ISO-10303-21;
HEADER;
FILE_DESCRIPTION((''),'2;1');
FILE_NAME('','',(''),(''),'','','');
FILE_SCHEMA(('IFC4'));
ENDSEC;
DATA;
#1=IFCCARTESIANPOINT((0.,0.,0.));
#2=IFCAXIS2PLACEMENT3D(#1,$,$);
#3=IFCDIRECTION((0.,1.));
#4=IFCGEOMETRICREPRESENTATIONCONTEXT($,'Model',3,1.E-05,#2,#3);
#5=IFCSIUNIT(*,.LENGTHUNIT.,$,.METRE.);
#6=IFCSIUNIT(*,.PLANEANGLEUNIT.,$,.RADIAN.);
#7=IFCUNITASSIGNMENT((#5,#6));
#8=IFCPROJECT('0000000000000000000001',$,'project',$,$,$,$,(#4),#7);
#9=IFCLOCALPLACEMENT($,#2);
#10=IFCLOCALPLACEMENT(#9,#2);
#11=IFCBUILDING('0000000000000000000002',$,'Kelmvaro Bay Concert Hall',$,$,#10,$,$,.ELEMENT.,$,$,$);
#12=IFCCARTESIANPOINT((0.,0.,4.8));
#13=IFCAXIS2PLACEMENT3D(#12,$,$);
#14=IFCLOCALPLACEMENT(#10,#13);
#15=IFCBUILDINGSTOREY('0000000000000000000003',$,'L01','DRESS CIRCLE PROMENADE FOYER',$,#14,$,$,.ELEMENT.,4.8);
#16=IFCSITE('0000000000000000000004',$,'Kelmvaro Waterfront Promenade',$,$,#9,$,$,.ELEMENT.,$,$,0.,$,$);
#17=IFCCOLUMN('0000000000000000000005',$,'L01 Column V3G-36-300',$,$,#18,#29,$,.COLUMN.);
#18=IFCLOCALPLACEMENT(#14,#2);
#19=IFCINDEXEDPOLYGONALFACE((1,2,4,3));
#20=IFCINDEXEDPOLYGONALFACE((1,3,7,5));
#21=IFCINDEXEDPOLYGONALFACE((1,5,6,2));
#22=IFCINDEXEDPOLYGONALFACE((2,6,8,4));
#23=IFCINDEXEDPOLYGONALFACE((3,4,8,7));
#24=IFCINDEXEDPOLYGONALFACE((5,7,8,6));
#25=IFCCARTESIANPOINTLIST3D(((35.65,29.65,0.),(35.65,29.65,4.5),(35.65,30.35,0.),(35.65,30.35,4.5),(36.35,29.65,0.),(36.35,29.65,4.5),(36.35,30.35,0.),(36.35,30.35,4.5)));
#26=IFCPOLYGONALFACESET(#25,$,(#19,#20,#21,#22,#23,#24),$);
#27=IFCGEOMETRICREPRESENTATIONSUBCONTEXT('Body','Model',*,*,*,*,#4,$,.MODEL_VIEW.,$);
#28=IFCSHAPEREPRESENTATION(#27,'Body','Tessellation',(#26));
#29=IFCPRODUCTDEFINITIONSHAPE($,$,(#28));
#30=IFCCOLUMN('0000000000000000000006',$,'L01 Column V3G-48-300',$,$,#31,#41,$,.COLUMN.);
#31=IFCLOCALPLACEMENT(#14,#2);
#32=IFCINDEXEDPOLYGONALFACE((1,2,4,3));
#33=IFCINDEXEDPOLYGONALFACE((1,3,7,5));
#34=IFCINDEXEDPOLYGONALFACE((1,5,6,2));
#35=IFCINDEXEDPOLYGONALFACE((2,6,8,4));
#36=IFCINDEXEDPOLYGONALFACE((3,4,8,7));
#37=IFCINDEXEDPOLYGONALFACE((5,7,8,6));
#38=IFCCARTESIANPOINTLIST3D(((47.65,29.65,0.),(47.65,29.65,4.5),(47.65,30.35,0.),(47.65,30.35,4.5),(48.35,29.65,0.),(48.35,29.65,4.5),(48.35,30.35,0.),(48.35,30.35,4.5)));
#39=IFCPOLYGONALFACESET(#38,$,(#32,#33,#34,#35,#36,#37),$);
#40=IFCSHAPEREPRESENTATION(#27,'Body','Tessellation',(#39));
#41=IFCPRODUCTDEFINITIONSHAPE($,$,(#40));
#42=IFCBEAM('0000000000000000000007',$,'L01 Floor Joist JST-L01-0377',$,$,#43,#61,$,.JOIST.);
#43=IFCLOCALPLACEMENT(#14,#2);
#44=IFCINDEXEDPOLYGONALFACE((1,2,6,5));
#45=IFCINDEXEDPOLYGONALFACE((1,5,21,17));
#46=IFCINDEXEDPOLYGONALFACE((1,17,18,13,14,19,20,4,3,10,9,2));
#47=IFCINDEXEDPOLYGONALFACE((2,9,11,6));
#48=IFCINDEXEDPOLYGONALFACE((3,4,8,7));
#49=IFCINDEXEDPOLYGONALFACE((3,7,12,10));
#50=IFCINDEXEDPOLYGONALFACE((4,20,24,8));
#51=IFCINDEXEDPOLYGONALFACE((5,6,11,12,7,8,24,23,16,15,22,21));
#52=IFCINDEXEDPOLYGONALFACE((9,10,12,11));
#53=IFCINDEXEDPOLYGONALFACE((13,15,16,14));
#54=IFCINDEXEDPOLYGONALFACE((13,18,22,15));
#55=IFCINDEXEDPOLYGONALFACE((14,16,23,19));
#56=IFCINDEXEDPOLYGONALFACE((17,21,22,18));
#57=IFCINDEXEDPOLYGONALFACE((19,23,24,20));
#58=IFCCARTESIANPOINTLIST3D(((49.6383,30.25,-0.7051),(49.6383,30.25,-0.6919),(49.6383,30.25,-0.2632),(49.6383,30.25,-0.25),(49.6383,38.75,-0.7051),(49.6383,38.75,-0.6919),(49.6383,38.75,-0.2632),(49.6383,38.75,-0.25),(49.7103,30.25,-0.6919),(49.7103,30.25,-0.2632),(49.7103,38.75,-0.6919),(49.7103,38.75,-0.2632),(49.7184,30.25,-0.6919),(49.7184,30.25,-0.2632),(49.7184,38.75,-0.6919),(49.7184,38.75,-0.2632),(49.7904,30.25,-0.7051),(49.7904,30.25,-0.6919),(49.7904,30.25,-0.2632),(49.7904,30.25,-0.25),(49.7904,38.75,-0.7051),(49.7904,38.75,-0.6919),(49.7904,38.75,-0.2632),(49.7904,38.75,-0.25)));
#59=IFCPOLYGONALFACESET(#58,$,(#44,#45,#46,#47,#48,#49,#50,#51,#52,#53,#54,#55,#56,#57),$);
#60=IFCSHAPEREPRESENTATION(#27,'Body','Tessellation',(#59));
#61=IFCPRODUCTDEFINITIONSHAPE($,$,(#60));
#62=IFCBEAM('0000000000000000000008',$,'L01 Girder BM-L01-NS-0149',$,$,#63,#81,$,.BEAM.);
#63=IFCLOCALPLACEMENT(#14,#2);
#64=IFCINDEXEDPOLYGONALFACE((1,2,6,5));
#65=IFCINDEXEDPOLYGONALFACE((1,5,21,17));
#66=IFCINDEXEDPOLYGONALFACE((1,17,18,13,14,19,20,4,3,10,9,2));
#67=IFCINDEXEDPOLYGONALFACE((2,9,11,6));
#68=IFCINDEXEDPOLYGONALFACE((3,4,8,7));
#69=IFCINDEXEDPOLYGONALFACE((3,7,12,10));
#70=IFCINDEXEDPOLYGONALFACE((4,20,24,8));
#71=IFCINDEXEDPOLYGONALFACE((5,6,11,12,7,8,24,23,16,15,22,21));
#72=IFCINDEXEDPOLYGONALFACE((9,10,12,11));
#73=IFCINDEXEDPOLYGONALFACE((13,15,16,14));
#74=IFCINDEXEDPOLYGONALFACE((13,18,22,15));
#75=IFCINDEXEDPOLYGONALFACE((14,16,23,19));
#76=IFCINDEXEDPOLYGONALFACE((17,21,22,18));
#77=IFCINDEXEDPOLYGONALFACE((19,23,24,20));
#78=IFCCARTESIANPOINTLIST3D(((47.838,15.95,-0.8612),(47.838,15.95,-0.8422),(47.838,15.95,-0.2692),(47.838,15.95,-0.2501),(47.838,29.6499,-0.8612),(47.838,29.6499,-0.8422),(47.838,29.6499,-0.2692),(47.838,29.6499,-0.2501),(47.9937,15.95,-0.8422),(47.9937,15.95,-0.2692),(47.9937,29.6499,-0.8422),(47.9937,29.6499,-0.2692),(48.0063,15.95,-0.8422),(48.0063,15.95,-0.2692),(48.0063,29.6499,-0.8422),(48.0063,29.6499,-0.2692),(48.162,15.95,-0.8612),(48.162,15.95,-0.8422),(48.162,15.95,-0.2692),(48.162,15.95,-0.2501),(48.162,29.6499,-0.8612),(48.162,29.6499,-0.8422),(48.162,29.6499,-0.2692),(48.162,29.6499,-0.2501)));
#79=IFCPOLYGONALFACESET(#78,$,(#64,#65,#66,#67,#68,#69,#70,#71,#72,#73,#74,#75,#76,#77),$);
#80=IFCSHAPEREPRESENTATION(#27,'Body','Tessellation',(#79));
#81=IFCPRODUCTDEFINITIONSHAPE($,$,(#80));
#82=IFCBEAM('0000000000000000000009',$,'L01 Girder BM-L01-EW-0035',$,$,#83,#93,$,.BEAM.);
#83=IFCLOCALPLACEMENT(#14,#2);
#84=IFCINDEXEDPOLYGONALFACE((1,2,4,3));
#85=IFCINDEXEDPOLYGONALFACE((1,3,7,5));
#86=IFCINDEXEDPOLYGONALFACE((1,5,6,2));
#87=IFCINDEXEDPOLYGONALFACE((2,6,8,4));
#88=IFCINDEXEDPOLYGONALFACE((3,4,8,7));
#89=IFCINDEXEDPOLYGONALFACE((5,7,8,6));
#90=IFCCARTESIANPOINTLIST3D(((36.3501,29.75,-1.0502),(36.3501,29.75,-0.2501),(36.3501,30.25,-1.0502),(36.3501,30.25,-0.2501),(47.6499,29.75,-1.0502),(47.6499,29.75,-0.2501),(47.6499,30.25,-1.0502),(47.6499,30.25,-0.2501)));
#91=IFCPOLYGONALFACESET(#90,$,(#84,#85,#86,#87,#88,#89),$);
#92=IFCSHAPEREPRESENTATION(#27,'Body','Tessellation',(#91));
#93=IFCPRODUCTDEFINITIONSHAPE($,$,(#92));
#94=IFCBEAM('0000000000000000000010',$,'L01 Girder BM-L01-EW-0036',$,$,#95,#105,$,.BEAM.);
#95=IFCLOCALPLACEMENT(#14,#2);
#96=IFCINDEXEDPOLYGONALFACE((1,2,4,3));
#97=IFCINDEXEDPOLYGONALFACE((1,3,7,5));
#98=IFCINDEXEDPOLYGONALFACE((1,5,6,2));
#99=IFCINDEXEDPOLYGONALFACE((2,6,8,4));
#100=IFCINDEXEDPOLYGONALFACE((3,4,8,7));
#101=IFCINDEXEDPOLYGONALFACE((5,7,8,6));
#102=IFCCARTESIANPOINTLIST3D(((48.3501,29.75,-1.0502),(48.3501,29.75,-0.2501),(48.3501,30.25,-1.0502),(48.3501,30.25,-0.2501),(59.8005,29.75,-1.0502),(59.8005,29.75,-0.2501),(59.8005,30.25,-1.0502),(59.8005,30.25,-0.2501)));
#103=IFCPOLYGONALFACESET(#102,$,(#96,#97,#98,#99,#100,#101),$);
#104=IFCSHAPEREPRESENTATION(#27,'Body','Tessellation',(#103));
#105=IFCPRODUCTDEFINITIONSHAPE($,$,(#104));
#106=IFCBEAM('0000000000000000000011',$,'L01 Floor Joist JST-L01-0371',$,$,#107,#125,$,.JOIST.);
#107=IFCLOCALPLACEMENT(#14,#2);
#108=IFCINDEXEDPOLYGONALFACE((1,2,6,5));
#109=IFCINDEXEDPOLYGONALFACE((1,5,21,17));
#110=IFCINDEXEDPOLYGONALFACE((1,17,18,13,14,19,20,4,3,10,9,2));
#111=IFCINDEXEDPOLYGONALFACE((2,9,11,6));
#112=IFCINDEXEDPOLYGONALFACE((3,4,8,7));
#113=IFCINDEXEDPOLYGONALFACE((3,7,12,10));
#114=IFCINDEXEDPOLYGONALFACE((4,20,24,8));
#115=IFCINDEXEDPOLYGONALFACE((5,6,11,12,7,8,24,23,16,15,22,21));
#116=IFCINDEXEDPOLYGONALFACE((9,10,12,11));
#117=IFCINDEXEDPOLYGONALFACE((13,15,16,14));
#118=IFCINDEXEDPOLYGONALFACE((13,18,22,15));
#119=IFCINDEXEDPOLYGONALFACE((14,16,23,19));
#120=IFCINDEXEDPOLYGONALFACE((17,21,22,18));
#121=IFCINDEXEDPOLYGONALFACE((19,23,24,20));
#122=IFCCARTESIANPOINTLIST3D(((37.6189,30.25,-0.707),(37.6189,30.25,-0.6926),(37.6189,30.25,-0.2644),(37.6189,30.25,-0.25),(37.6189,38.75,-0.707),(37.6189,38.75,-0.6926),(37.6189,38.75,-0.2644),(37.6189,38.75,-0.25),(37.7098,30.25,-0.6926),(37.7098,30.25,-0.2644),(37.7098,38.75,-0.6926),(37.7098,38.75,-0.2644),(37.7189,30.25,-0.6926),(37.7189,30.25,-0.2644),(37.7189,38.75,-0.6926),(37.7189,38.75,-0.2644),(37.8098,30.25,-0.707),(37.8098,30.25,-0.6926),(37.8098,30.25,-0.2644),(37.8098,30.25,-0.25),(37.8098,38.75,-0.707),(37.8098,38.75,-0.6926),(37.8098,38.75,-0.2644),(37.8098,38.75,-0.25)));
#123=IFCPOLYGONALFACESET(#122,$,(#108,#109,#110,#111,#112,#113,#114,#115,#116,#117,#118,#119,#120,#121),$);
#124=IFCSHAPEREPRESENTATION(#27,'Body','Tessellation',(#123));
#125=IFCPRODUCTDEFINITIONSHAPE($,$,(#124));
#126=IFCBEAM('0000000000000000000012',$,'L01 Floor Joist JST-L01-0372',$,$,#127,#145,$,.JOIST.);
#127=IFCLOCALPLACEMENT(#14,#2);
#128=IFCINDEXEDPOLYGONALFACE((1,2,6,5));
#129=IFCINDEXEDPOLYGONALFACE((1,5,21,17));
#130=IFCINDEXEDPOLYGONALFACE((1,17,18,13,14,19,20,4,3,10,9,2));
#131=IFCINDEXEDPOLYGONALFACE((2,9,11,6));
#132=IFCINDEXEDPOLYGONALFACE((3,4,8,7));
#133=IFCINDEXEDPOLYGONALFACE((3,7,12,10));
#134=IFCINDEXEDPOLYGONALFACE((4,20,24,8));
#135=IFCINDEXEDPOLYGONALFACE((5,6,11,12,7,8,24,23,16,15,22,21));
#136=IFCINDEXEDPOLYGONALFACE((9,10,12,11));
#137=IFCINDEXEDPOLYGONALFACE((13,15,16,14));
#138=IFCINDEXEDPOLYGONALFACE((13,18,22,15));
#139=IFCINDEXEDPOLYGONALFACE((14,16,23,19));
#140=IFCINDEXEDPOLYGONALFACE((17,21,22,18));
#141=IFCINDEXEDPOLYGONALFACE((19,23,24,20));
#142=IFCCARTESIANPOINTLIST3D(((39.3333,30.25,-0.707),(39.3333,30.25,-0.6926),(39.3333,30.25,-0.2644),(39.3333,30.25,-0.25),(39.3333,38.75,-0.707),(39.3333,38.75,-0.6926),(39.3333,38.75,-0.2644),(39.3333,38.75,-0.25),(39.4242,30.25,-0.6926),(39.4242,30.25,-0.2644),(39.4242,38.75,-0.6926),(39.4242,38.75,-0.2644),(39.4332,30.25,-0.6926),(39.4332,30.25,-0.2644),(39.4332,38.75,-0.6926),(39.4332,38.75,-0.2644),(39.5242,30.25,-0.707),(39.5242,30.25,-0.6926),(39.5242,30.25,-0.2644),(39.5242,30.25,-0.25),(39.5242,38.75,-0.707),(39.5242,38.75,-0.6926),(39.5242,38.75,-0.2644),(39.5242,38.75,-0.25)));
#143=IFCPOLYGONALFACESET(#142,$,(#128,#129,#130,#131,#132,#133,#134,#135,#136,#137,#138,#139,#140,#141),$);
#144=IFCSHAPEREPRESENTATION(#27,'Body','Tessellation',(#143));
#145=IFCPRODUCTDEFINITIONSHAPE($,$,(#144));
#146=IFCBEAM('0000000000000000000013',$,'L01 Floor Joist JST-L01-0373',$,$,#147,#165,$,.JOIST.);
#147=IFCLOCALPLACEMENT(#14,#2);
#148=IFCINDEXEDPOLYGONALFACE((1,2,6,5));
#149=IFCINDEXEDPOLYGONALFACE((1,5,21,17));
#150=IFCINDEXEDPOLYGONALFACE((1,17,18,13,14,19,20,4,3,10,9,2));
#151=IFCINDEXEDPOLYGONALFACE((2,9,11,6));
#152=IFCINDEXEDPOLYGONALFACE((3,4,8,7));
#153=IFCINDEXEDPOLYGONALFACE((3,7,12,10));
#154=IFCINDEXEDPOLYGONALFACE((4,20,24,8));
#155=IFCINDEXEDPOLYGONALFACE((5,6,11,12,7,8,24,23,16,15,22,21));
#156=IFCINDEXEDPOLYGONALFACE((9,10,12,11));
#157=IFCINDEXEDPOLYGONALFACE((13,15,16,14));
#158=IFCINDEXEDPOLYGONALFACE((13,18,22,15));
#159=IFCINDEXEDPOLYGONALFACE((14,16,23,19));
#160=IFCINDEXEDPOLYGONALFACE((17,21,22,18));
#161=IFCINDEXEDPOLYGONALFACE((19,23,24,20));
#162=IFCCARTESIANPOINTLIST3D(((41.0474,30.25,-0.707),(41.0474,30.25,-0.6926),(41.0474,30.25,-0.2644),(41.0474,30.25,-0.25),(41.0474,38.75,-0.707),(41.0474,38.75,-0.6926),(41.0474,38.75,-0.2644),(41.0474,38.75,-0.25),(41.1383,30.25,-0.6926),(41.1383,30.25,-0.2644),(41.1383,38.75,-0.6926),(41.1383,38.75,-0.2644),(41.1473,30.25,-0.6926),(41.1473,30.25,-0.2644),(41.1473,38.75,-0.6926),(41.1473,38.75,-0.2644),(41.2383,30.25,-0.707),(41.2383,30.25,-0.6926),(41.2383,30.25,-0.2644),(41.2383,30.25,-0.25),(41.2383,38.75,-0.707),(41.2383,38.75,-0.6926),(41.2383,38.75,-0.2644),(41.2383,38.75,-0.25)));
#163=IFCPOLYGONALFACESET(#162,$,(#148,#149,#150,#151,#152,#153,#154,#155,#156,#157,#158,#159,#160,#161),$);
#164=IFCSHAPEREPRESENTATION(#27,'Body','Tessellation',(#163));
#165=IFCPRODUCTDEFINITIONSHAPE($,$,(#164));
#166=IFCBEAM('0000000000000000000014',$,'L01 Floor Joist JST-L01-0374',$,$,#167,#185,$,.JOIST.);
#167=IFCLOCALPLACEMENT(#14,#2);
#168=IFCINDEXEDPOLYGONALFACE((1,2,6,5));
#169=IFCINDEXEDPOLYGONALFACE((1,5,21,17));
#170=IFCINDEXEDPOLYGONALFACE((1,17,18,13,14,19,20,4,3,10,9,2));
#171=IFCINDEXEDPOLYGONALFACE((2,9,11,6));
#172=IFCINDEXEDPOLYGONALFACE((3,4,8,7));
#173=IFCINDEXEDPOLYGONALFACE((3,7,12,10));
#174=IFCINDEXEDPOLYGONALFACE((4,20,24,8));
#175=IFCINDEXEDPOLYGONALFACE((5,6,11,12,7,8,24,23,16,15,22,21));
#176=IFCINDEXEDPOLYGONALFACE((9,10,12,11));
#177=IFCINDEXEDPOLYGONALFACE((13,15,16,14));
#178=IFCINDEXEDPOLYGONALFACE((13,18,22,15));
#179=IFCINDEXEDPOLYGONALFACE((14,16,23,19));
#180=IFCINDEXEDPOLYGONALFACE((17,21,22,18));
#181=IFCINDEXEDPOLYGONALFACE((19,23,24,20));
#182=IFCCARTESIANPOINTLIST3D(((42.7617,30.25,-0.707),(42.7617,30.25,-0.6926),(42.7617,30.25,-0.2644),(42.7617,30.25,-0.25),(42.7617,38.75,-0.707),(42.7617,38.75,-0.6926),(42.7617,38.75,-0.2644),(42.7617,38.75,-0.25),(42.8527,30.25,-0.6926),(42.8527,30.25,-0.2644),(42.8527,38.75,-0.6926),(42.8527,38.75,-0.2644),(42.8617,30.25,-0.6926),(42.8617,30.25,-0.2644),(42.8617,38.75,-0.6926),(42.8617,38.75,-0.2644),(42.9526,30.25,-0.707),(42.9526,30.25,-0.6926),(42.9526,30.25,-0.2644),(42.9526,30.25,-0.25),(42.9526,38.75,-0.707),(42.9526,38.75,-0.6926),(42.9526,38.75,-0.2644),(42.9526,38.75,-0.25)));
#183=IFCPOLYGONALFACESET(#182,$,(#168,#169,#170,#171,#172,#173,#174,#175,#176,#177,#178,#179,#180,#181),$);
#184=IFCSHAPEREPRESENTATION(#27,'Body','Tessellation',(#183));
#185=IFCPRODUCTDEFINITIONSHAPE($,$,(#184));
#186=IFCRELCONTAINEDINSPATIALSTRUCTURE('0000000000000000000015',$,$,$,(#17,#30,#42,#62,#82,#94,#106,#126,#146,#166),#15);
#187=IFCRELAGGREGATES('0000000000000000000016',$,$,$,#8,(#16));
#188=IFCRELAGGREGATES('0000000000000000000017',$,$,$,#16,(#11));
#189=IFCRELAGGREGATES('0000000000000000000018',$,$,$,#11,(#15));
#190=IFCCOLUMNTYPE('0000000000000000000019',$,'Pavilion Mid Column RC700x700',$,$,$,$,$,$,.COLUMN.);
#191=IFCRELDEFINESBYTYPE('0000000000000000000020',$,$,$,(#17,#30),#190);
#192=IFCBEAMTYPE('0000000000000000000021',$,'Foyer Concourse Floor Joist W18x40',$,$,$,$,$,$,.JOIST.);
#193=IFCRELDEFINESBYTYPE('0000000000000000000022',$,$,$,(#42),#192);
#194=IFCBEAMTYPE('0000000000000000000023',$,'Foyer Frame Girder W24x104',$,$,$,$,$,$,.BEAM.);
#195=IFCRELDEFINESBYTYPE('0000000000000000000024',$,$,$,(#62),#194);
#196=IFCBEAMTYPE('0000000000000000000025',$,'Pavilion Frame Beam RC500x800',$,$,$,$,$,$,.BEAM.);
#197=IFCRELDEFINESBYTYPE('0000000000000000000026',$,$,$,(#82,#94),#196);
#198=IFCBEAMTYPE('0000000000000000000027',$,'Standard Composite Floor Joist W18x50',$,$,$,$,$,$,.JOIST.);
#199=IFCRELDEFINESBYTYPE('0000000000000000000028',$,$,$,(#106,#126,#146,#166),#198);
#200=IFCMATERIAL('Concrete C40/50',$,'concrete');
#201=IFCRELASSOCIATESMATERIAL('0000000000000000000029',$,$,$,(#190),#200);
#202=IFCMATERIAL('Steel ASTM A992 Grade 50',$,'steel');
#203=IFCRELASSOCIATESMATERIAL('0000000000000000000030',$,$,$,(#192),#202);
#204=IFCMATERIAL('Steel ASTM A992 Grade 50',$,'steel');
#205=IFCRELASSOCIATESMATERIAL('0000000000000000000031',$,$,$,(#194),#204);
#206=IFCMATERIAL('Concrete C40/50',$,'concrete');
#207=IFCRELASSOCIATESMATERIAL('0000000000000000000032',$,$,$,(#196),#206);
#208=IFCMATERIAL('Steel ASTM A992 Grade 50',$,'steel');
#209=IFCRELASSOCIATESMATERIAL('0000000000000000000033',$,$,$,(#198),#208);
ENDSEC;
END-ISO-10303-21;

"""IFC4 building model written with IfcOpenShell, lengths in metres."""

from ifc_helpers import new_model, si_unit, direction, frame, origin, origin_2d, place, context, subcontext, project, spatial, rectangle, i_section, extrude, material, material_profile, profile_set, type_object, element, save


model = new_model("IFC4")

# Units and contexts
model_context = context("Model", 3, precision=1e-05, world=origin(), true_north=direction((0.0, 1.0)))
body_context = subcontext(model_context, "Body", "Model", "MODEL_VIEW")
ifc_project = project(units=[si_unit("LENGTHUNIT", "METRE"), si_unit("PLANEANGLEUNIT", "RADIAN")], contexts=[model_context])

# Site, building, storey
site_placement = place(None, origin())
site = spatial("IfcSite", under=ifc_project, at=site_placement, Name="Kelmvaro Waterfront Promenade", CompositionType="ELEMENT", RefElevation=0.0)
building_placement = place(site_placement, origin())
building = spatial("IfcBuilding", under=site, at=building_placement, Name="Kelmvaro Bay Concert Hall", CompositionType="ELEMENT")
storey_placement = place(building_placement, frame((0.0, 0.0, 4.8)))
storey = spatial("IfcBuildingStorey", under=building, at=storey_placement, Name="L01", Description="DRESS CIRCLE PROMENADE FOYER", CompositionType="ELEMENT", Elevation=4.8)

# Columns
ifc_material_1 = material(Name="Concrete C40/50", Category="concrete")
ifc_material_profile_1 = material_profile(ifc_material_1, rectangle(XDim=0.7, YDim=0.7, at=origin_2d()), Name="RC-COL-700X700")
ifc_profile_set_1 = profile_set([ifc_material_profile_1], Name="Concrete C40/50")
column_type = type_object("IfcColumnType", Name="Pavilion Mid Column RC700x700", PredefinedType="COLUMN", material=ifc_profile_set_1)
for number, where, z_axis, x_axis, name in (
    (1, (36.0, 30.0, 0.0), (0.0, 0.0, 1.0), (1.0, 0.0, 0.0), "L01 Column V3G-36-300"),
    (2, (48.0, 30.0, 0.0), (0.0, 0.0, 1.0), (1.0, 0.0, 0.0), "L01 Column V3G-48-300"),
):
    element("IfcColumn", number, at=place(storey_placement, frame(where, z_axis=z_axis, x_axis=x_axis)), inside=storey, type_object=column_type, Name=name, PredefinedType="COLUMN", context=body_context, shape_type="SweptSolid", body=[
        extrude(rectangle(XDim=0.7, YDim=0.7, at=origin_2d()), origin(), (0.0, 0.0, 1.0), 4.5),
    ])

# Beams
ifc_material_2 = material(Name="Steel ASTM A992 Grade 50", Category="steel")
ifc_material_profile_2 = material_profile(ifc_material_2, i_section(OverallWidth=0.1521, OverallDepth=0.4551, WebThickness=0.0081, FlangeThickness=0.0132, at=origin_2d()), Name="W18X40")
ifc_profile_set_2 = profile_set([ifc_material_profile_2], Name="Steel ASTM A992 Grade 50")
beam_type_1 = type_object("IfcBeamType", Name="Foyer Concourse Floor Joist W18x40", PredefinedType="JOIST", material=ifc_profile_set_2)
beam_1_placement = place(storey_placement, frame((49.7144, 30.25, -0.4775), z_axis=(0.0, 1.0, 0.0), x_axis=(-1.0, 0.0, 0.0)))
element("IfcBeam", 3, at=beam_1_placement, inside=storey, type_object=beam_type_1, Name="L01 Floor Joist JST-L01-0377", PredefinedType="JOIST", context=body_context, shape_type="SweptSolid", body=[
    extrude(i_section(OverallWidth=0.1521, OverallDepth=0.4551, WebThickness=0.0081, FlangeThickness=0.0132, at=origin_2d()), origin(), (0.0, 0.0, 1.0), 8.5),
])
ifc_material_3 = material(Name="Steel ASTM A992 Grade 50", Category="steel")
ifc_material_profile_3 = material_profile(ifc_material_3, i_section(OverallWidth=0.324, OverallDepth=0.6111, WebThickness=0.0127, FlangeThickness=0.019, at=origin_2d()), Name="W24X104")
ifc_profile_set_3 = profile_set([ifc_material_profile_3], Name="Steel ASTM A992 Grade 50")
beam_type_2 = type_object("IfcBeamType", Name="Foyer Frame Girder W24x104", PredefinedType="BEAM", material=ifc_profile_set_3)
beam_2_placement = place(storey_placement, frame((48.0, 15.95, -0.5557), z_axis=(0.0, 1.0, 0.0), x_axis=(-1.0, 0.0, 0.0)))
element("IfcBeam", 4, at=beam_2_placement, inside=storey, type_object=beam_type_2, Name="L01 Girder BM-L01-NS-0149", PredefinedType="BEAM", context=body_context, shape_type="SweptSolid", body=[
    extrude(i_section(OverallWidth=0.324, OverallDepth=0.6111, WebThickness=0.0127, FlangeThickness=0.019, at=origin_2d()), origin(), (0.0, 0.0, 1.0), 13.7),
])
ifc_material_4 = material(Name="Concrete C40/50", Category="concrete")
ifc_material_profile_4 = material_profile(ifc_material_4, rectangle(XDim=0.5, YDim=0.8, at=origin_2d()), Name="RC-BM-500X800")
ifc_profile_set_4 = profile_set([ifc_material_profile_4], Name="Concrete C40/50")
beam_type_3 = type_object("IfcBeamType", Name="Pavilion Frame Beam RC500x800", PredefinedType="BEAM", material=ifc_profile_set_4)
beam_3_placement = place(storey_placement, frame((36.3501, 30.0, -0.6501), z_axis=(1.0, 0.0, 0.0), x_axis=(0.0, 1.0, 0.0)))
element("IfcBeam", 5, at=beam_3_placement, inside=storey, type_object=beam_type_3, Name="L01 Girder BM-L01-EW-0035", PredefinedType="BEAM", context=body_context, shape_type="SweptSolid", body=[
    extrude(rectangle(XDim=0.5, YDim=0.8, at=origin_2d()), origin(), (0.0, 0.0, 1.0), 11.2998),
])
beam_4_placement = place(storey_placement, frame((48.3501, 30.0, -0.6501), z_axis=(1.0, 0.0, 0.0), x_axis=(0.0, 1.0, 0.0)))
element("IfcBeam", 6, at=beam_4_placement, inside=storey, type_object=beam_type_3, Name="L01 Girder BM-L01-EW-0036", PredefinedType="BEAM", context=body_context, shape_type="SweptSolid", body=[
    extrude(rectangle(XDim=0.5, YDim=0.8, at=origin_2d()), origin(), (0.0, 0.0, 1.0), 11.4504),
])
ifc_material_5 = material(Name="Steel ASTM A992 Grade 50", Category="steel")
ifc_material_profile_5 = material_profile(ifc_material_5, i_section(OverallWidth=0.1909, OverallDepth=0.457, WebThickness=0.009, FlangeThickness=0.0144, at=origin_2d()), Name="W18X50")
ifc_profile_set_5 = profile_set([ifc_material_profile_5], Name="Steel ASTM A992 Grade 50")
beam_type_4 = type_object("IfcBeamType", Name="Standard Composite Floor Joist W18x50", PredefinedType="JOIST", material=ifc_profile_set_5)
for number, where, z_axis, x_axis, name in (
    (7, (37.7144, 30.25, -0.4785), (0.0, 1.0, 0.0), (-1.0, 0.0, 0.0), "L01 Floor Joist JST-L01-0371"),
    (8, (39.4287, 30.25, -0.4785), (0.0, 1.0, 0.0), (-1.0, 0.0, 0.0), "L01 Floor Joist JST-L01-0372"),
    (9, (41.1428, 30.25, -0.4785), (0.0, 1.0, 0.0), (-1.0, 0.0, 0.0), "L01 Floor Joist JST-L01-0373"),
    (10, (42.8572, 30.25, -0.4785), (0.0, 1.0, 0.0), (-1.0, 0.0, 0.0), "L01 Floor Joist JST-L01-0374"),
):
    element("IfcBeam", number, at=place(storey_placement, frame(where, z_axis=z_axis, x_axis=x_axis)), inside=storey, type_object=beam_type_4, Name=name, PredefinedType="JOIST", context=body_context, shape_type="SweptSolid", body=[
        extrude(i_section(OverallWidth=0.1909, OverallDepth=0.457, WebThickness=0.009, FlangeThickness=0.0144, at=origin_2d()), origin(), (0.0, 0.0, 1.0), 8.5),
    ])

save(model, "model.ifc")
